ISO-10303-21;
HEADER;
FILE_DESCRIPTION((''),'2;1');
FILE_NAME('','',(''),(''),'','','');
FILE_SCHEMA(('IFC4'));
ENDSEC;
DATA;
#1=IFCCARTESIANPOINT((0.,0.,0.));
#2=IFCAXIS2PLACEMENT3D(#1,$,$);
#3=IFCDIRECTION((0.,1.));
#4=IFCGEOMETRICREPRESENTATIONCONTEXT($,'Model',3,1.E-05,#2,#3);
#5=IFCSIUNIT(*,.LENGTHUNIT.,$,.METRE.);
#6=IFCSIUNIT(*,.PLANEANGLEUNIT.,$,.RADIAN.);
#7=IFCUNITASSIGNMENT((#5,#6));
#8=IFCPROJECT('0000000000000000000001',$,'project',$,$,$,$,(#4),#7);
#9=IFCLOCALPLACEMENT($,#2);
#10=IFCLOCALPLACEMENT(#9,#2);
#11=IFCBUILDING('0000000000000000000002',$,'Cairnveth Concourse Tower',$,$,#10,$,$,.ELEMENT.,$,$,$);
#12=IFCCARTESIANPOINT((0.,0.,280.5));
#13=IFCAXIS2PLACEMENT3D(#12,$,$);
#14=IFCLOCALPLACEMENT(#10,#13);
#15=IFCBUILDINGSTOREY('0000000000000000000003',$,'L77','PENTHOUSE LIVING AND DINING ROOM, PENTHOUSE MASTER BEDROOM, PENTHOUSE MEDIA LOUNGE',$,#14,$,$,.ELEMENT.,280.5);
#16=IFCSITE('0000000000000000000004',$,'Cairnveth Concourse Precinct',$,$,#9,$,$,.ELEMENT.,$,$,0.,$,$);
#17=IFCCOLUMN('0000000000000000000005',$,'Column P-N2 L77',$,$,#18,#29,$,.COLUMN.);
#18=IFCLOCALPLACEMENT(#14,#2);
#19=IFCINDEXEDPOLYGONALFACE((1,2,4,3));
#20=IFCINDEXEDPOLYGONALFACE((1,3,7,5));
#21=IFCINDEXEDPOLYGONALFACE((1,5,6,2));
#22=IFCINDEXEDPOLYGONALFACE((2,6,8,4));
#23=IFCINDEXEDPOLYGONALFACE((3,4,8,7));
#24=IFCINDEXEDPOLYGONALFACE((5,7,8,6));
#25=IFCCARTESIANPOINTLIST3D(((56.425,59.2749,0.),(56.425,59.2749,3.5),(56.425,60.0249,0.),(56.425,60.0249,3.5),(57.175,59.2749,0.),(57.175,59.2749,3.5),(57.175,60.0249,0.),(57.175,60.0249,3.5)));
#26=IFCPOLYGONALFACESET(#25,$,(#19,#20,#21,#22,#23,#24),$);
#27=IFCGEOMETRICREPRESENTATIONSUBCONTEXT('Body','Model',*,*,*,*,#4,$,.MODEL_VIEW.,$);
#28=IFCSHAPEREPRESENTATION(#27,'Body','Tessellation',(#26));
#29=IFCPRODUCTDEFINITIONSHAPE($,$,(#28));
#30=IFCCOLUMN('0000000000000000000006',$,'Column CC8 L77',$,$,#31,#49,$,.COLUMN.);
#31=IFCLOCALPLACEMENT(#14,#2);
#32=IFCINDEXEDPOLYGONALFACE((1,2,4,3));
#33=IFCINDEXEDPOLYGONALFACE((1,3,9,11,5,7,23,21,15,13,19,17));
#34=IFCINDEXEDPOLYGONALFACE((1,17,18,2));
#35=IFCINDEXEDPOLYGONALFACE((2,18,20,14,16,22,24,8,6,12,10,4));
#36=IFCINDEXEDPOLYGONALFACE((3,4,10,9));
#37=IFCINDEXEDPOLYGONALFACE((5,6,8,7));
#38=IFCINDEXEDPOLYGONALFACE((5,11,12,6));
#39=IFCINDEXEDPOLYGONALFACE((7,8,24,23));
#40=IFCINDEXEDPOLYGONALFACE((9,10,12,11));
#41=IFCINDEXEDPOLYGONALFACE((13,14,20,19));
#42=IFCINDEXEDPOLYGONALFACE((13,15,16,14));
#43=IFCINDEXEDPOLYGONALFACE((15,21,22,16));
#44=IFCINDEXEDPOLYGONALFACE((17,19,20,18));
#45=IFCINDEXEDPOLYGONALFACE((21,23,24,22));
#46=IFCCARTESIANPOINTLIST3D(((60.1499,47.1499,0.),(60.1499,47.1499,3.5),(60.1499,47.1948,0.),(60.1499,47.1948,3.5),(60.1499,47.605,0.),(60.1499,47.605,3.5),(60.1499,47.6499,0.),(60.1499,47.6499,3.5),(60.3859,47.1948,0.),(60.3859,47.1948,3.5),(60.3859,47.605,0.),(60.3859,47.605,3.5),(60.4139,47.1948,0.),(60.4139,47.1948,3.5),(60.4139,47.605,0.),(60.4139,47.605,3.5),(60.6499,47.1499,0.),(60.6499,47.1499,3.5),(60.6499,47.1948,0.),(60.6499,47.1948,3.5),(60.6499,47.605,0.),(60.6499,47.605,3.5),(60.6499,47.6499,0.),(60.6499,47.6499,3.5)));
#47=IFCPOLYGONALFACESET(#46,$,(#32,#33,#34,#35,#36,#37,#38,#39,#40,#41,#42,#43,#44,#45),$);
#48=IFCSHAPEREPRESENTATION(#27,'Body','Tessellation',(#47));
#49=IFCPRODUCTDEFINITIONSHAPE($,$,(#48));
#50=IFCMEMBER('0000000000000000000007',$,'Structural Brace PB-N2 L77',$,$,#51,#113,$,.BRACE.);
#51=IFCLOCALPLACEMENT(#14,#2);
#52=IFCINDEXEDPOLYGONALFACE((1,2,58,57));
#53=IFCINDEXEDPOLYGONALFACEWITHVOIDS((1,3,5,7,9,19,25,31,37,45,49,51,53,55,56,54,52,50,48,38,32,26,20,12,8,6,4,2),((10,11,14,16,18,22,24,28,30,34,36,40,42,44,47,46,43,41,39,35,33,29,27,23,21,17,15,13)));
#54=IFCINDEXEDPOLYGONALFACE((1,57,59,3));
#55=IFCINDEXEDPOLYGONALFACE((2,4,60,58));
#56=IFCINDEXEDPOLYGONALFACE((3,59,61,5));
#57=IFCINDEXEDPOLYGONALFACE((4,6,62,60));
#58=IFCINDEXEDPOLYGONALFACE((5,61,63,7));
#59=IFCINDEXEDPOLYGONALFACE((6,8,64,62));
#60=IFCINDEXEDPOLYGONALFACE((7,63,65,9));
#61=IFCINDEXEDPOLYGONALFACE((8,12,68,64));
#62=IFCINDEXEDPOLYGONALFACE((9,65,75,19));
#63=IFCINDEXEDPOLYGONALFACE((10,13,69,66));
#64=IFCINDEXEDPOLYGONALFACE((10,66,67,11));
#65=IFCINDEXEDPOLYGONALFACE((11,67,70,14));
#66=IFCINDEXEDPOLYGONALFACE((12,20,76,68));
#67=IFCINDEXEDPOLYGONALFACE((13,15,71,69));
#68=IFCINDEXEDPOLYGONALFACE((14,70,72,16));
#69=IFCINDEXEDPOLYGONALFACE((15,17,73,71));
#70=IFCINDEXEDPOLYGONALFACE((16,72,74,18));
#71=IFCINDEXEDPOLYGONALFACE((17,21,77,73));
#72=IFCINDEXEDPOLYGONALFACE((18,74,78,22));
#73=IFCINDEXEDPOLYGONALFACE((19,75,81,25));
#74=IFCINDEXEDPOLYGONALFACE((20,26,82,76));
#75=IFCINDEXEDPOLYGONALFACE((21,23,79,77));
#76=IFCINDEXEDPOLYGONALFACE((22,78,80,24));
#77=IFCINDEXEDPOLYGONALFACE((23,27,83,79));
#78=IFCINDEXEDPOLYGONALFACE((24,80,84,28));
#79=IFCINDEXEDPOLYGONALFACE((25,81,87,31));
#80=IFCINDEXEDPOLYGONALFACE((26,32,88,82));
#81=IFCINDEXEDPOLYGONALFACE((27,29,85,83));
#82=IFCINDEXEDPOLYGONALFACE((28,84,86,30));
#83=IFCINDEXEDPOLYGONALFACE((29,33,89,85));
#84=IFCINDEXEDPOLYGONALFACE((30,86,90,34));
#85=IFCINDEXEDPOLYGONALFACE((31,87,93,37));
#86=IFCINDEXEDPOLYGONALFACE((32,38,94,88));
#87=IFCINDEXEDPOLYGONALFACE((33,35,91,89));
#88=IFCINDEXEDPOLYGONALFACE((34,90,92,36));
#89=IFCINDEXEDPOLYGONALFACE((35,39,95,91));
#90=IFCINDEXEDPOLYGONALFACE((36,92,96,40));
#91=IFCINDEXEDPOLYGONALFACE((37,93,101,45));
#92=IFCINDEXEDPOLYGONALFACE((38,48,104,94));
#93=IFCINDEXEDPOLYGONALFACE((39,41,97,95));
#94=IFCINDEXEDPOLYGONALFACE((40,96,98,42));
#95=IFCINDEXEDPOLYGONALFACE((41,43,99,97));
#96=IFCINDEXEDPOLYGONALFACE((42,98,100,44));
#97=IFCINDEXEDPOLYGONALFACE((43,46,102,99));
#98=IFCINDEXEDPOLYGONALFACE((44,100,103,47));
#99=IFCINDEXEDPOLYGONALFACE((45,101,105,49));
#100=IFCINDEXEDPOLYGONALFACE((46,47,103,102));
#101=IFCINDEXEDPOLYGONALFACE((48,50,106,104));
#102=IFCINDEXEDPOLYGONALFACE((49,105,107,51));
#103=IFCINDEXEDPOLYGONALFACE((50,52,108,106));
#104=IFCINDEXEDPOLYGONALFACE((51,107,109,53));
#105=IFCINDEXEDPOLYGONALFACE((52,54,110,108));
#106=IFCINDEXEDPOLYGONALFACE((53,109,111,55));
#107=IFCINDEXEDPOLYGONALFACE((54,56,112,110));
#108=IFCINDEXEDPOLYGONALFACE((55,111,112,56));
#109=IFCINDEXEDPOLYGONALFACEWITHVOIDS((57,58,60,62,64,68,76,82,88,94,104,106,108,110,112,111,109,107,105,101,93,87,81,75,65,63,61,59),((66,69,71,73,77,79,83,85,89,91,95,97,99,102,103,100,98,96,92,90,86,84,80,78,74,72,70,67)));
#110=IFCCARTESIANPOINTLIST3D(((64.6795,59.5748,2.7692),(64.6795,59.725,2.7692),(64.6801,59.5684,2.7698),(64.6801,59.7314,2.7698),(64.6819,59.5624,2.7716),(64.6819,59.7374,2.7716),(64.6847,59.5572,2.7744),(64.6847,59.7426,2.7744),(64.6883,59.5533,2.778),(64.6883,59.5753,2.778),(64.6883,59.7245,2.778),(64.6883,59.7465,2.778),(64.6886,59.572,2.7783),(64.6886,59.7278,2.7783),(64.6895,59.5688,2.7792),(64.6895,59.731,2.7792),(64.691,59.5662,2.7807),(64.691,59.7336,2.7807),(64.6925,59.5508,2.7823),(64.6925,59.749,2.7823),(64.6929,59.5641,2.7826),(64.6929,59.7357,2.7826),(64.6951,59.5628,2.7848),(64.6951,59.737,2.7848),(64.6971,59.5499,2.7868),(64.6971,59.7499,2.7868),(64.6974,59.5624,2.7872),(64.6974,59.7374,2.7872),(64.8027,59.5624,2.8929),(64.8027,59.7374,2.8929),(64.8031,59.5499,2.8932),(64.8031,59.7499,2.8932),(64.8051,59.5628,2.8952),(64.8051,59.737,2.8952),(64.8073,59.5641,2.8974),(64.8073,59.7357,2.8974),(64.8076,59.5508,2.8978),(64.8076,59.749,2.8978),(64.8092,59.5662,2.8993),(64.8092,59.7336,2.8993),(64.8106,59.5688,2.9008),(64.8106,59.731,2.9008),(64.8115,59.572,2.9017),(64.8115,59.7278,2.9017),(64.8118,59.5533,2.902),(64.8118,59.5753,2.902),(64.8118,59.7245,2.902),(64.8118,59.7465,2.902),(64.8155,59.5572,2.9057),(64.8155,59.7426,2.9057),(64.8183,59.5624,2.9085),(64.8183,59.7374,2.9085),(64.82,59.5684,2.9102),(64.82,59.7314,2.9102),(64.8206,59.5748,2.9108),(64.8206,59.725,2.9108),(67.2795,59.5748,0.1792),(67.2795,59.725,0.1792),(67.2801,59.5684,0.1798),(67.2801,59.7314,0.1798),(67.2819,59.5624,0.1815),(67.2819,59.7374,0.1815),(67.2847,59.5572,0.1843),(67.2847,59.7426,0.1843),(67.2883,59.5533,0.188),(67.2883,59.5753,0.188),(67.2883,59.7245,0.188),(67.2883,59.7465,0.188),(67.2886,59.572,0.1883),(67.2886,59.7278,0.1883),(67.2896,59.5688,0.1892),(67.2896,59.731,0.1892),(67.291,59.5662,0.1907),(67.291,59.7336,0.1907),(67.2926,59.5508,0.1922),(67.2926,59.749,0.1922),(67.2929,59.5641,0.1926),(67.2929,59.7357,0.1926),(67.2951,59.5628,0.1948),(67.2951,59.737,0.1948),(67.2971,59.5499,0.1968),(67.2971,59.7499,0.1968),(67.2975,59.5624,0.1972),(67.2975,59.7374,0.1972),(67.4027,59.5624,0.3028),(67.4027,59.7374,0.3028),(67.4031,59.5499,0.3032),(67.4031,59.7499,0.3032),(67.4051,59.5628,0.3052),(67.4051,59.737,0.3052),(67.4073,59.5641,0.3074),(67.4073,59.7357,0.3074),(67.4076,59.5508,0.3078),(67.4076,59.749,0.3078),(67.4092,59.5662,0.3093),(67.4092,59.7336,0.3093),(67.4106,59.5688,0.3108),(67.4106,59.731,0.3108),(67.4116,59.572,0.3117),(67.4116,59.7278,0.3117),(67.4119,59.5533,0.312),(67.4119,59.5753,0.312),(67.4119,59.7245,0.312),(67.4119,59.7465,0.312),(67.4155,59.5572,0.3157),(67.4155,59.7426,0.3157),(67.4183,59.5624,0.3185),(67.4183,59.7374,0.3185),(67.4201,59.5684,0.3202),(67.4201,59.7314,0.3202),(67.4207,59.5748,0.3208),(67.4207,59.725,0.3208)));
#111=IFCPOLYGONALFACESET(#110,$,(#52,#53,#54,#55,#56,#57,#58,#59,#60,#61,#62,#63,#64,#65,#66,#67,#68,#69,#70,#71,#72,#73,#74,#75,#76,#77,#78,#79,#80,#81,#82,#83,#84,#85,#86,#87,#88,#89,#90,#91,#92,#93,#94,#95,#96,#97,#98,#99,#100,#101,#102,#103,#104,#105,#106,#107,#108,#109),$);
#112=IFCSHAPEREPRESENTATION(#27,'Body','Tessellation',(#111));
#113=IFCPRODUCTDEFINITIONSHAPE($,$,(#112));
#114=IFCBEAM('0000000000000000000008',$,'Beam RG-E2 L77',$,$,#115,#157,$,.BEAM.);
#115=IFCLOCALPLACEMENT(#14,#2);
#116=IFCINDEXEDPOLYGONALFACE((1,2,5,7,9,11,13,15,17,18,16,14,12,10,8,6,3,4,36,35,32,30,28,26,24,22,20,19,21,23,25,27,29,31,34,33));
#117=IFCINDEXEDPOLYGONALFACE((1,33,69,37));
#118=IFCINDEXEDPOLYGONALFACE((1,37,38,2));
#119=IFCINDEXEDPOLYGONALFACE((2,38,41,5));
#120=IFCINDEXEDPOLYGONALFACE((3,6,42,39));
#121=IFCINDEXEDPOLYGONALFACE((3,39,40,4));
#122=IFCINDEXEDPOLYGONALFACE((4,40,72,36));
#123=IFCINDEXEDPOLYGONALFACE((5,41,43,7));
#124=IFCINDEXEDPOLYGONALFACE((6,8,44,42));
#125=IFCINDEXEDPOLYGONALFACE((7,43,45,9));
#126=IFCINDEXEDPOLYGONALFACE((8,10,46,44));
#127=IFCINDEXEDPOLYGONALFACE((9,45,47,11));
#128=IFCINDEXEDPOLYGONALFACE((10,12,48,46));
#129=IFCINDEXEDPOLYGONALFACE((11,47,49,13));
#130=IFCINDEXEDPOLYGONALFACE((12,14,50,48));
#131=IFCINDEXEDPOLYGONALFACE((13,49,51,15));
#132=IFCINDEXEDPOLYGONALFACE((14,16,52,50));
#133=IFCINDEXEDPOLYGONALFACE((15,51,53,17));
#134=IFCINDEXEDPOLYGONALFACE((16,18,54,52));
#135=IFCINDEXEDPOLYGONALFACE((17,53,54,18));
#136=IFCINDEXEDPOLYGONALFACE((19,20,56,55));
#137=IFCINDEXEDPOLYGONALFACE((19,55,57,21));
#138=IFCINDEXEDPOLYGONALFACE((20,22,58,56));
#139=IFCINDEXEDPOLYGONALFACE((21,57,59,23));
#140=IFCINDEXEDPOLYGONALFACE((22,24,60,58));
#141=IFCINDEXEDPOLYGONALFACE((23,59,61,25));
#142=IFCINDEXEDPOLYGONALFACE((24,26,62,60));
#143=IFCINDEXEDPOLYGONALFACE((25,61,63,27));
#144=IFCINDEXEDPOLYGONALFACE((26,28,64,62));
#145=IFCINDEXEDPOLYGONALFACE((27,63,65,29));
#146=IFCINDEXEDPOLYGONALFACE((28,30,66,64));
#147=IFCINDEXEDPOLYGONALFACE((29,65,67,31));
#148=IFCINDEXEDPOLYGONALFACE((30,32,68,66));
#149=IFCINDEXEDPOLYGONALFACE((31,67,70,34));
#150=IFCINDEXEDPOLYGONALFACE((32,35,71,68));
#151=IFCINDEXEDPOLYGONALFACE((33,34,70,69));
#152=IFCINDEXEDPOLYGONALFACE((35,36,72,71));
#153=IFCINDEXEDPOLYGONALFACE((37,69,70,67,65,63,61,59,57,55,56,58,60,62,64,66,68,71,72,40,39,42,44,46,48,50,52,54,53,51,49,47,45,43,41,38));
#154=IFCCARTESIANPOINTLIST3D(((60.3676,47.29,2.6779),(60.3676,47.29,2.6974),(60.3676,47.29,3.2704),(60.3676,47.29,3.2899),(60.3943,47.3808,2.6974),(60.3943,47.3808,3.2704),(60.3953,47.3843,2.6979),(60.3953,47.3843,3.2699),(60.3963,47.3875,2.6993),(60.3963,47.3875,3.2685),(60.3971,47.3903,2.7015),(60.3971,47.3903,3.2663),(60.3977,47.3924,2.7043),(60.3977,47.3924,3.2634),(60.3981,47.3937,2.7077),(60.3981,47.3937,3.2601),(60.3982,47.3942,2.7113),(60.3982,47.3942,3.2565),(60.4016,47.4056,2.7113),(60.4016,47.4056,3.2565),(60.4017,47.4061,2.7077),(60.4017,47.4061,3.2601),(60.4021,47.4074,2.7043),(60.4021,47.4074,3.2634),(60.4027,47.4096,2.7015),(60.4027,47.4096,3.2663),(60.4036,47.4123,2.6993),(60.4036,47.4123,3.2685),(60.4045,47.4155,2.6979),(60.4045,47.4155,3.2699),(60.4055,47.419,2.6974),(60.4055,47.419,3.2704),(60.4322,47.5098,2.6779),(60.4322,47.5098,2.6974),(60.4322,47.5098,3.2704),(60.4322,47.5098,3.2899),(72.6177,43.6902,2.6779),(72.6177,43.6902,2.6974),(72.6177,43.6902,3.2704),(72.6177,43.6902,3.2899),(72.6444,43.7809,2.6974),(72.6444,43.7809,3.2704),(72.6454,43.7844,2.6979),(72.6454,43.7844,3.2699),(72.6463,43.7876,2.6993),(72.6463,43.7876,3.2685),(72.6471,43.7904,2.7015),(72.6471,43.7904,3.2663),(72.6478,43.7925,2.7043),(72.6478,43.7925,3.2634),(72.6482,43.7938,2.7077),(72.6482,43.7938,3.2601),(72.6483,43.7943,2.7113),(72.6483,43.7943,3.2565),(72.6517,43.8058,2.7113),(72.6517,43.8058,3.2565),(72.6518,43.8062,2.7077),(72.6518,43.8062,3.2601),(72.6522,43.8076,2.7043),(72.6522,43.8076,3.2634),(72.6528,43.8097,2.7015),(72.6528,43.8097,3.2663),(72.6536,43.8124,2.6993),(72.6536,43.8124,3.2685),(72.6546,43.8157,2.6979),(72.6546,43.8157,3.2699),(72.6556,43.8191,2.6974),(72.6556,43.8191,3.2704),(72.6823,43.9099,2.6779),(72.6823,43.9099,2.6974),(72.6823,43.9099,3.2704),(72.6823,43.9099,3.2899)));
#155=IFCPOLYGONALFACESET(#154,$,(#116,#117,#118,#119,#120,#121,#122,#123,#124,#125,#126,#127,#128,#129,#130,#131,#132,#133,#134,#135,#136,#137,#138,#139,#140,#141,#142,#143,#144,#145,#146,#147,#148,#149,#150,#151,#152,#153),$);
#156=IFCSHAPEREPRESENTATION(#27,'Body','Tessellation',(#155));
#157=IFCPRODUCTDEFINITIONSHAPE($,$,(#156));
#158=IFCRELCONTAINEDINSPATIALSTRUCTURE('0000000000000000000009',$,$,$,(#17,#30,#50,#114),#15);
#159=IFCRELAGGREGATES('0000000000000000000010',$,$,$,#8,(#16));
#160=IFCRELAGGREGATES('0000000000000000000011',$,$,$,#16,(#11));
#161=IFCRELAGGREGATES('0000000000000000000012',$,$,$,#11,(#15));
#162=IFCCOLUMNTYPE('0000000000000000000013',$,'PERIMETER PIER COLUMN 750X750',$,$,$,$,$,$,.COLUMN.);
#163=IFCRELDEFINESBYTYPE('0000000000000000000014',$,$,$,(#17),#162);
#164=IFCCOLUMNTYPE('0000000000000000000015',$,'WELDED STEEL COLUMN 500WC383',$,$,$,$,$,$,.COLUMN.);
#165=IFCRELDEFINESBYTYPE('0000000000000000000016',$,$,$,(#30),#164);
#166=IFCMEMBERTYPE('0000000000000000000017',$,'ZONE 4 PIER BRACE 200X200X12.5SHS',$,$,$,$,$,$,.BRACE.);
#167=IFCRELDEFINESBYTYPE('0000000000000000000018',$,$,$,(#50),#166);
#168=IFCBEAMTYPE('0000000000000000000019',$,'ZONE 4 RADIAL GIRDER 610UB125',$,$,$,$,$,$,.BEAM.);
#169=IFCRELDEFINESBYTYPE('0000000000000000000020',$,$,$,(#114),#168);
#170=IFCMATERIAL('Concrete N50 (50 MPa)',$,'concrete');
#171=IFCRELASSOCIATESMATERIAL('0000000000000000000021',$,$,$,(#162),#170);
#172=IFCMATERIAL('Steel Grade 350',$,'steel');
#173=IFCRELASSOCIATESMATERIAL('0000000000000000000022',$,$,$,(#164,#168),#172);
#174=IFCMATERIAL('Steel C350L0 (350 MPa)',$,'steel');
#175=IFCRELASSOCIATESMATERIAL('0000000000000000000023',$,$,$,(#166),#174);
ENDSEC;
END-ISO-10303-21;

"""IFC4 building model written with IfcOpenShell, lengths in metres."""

from ifc_helpers import new_model, si_unit, direction, frame, origin, origin_2d, place, context, subcontext, project, spatial, rectangle, hollow_rectangle, i_section, extrude, material, material_profile, profile_set, type_object, element, save


model = new_model("IFC4")

# Units and contexts
model_context = context("Model", 3, precision=1e-05, world=origin(), true_north=direction((0.0, 1.0)))
body_context = subcontext(model_context, "Body", "Model", "MODEL_VIEW")
ifc_project = project(units=[si_unit("LENGTHUNIT", "METRE"), si_unit("PLANEANGLEUNIT", "RADIAN")], contexts=[model_context])

# Site, building, storey
site_placement = place(None, origin())
site = spatial("IfcSite", under=ifc_project, at=site_placement, Name="Cairnveth Concourse Precinct", CompositionType="ELEMENT", RefElevation=0.0)
building_placement = place(site_placement, origin())
building = spatial("IfcBuilding", under=site, at=building_placement, Name="Cairnveth Concourse Tower", CompositionType="ELEMENT")
storey_placement = place(building_placement, frame((0.0, 0.0, 280.5)))
storey = spatial("IfcBuildingStorey", under=building, at=storey_placement, Name="L77", Description="PENTHOUSE LIVING AND DINING ROOM, PENTHOUSE MASTER BEDROOM, PENTHOUSE MEDIA LOUNGE", CompositionType="ELEMENT", Elevation=280.5)

# Columns
ifc_material_1 = material(Name="Concrete N50 (50 MPa)", Category="concrete")
ifc_material_profile_1 = material_profile(ifc_material_1, rectangle(XDim=0.75, YDim=0.75, at=origin_2d()), Name="RC-COL-750x750")
ifc_profile_set_1 = profile_set([ifc_material_profile_1], Name="Concrete N50 (50 MPa)")
column_type_1 = type_object("IfcColumnType", Name="PERIMETER PIER COLUMN 750X750", PredefinedType="COLUMN", material=ifc_profile_set_1)
column_1_placement = place(storey_placement, frame((56.8, 59.6499, 0.0), z_axis=(0.0, 0.0, 1.0), x_axis=(1.0, 0.0, 0.0)))
element("IfcColumn", 1, at=column_1_placement, inside=storey, type_object=column_type_1, Name="Column P-N2 L77", PredefinedType="COLUMN", context=body_context, shape_type="SweptSolid", body=[
    extrude(rectangle(XDim=0.75, YDim=0.75, at=origin_2d()), origin(), (0.0, 0.0, 1.0), 3.5),
])
ifc_material_2 = material(Name="Steel Grade 350", Category="steel")
ifc_material_profile_2 = material_profile(ifc_material_2, i_section(OverallWidth=0.5, OverallDepth=0.5, WebThickness=0.0281, FlangeThickness=0.0449, at=origin_2d()), Name="500WC383")
ifc_profile_set_2 = profile_set([ifc_material_profile_2], Name="Steel Grade 350")
column_type_2 = type_object("IfcColumnType", Name="WELDED STEEL COLUMN 500WC383", PredefinedType="COLUMN", material=ifc_profile_set_2)
column_2_placement = place(storey_placement, frame((60.3999, 47.3999, 0.0), z_axis=(0.0, 0.0, 1.0), x_axis=(1.0, 0.0, 0.0)))
element("IfcColumn", 2, at=column_2_placement, inside=storey, type_object=column_type_2, Name="Column CC8 L77", PredefinedType="COLUMN", context=body_context, shape_type="SweptSolid", body=[
    extrude(i_section(OverallWidth=0.5, OverallDepth=0.5, WebThickness=0.0281, FlangeThickness=0.0449, at=origin_2d()), origin(), (0.0, 0.0, 1.0), 3.5),
])

# Member
ifc_material_3 = material(Name="Steel C350L0 (350 MPa)", Category="steel")
ifc_material_profile_3 = material_profile(ifc_material_3, hollow_rectangle(XDim=0.2, YDim=0.2, WallThickness=0.0125, InnerFilletRadius=0.0129, OuterFilletRadius=0.0249, at=origin_2d()), Name="200x200x12.5SHS")
ifc_profile_set_3 = profile_set([ifc_material_profile_3], Name="Steel C350L0 (350 MPa)")
member_type = type_object("IfcMemberType", Name="ZONE 4 PIER BRACE 200X200X12.5SHS", PredefinedType="BRACE", material=ifc_profile_set_3)
member_placement = place(storey_placement, frame((67.3501, 59.6499, 0.25), z_axis=(-0.708469, 0.0, 0.705742), x_axis=(0.0, -1.0, 0.0)))
element("IfcMember", 3, at=member_placement, inside=storey, type_object=member_type, Name="Structural Brace PB-N2 L77", PredefinedType="BRACE", context=body_context, shape_type="SweptSolid", body=[
    extrude(hollow_rectangle(XDim=0.2, YDim=0.2, WallThickness=0.0125, InnerFilletRadius=0.0129, OuterFilletRadius=0.0249, at=origin_2d()), origin(), (0.0, 0.0, 1.0), 3.6699),
])

# Beam
ifc_material_profile_4 = material_profile(ifc_material_2, i_section(OverallWidth=0.229, OverallDepth=0.6121, WebThickness=0.012, FlangeThickness=0.0195, FilletRadius=0.0139, at=origin_2d()), Name="610UB125")
ifc_profile_set_4 = profile_set([ifc_material_profile_4], Name="Steel Grade 350")
beam_type_1 = type_object("IfcBeamType", Name="ZONE 4 RADIAL GIRDER 610UB125", PredefinedType="BEAM", material=ifc_profile_set_4)
beam_1_placement = place(storey_placement, frame((60.3999, 47.3999, 2.9839), z_axis=(0.959431, -0.281944, 0.0), x_axis=(0.281944, 0.959431, 0.0)))
element("IfcBeam", 4, at=beam_1_placement, inside=storey, type_object=beam_type_1, Name="Beam RG-E2 L77", PredefinedType="BEAM", context=body_context, shape_type="SweptSolid", body=[
    extrude(i_section(OverallWidth=0.229, OverallDepth=0.6121, WebThickness=0.012, FlangeThickness=0.0195, FilletRadius=0.0139, at=origin_2d()), origin(), (0.0, 0.0, 1.0), 12.7681),
])

save(model, "model.ifc")
